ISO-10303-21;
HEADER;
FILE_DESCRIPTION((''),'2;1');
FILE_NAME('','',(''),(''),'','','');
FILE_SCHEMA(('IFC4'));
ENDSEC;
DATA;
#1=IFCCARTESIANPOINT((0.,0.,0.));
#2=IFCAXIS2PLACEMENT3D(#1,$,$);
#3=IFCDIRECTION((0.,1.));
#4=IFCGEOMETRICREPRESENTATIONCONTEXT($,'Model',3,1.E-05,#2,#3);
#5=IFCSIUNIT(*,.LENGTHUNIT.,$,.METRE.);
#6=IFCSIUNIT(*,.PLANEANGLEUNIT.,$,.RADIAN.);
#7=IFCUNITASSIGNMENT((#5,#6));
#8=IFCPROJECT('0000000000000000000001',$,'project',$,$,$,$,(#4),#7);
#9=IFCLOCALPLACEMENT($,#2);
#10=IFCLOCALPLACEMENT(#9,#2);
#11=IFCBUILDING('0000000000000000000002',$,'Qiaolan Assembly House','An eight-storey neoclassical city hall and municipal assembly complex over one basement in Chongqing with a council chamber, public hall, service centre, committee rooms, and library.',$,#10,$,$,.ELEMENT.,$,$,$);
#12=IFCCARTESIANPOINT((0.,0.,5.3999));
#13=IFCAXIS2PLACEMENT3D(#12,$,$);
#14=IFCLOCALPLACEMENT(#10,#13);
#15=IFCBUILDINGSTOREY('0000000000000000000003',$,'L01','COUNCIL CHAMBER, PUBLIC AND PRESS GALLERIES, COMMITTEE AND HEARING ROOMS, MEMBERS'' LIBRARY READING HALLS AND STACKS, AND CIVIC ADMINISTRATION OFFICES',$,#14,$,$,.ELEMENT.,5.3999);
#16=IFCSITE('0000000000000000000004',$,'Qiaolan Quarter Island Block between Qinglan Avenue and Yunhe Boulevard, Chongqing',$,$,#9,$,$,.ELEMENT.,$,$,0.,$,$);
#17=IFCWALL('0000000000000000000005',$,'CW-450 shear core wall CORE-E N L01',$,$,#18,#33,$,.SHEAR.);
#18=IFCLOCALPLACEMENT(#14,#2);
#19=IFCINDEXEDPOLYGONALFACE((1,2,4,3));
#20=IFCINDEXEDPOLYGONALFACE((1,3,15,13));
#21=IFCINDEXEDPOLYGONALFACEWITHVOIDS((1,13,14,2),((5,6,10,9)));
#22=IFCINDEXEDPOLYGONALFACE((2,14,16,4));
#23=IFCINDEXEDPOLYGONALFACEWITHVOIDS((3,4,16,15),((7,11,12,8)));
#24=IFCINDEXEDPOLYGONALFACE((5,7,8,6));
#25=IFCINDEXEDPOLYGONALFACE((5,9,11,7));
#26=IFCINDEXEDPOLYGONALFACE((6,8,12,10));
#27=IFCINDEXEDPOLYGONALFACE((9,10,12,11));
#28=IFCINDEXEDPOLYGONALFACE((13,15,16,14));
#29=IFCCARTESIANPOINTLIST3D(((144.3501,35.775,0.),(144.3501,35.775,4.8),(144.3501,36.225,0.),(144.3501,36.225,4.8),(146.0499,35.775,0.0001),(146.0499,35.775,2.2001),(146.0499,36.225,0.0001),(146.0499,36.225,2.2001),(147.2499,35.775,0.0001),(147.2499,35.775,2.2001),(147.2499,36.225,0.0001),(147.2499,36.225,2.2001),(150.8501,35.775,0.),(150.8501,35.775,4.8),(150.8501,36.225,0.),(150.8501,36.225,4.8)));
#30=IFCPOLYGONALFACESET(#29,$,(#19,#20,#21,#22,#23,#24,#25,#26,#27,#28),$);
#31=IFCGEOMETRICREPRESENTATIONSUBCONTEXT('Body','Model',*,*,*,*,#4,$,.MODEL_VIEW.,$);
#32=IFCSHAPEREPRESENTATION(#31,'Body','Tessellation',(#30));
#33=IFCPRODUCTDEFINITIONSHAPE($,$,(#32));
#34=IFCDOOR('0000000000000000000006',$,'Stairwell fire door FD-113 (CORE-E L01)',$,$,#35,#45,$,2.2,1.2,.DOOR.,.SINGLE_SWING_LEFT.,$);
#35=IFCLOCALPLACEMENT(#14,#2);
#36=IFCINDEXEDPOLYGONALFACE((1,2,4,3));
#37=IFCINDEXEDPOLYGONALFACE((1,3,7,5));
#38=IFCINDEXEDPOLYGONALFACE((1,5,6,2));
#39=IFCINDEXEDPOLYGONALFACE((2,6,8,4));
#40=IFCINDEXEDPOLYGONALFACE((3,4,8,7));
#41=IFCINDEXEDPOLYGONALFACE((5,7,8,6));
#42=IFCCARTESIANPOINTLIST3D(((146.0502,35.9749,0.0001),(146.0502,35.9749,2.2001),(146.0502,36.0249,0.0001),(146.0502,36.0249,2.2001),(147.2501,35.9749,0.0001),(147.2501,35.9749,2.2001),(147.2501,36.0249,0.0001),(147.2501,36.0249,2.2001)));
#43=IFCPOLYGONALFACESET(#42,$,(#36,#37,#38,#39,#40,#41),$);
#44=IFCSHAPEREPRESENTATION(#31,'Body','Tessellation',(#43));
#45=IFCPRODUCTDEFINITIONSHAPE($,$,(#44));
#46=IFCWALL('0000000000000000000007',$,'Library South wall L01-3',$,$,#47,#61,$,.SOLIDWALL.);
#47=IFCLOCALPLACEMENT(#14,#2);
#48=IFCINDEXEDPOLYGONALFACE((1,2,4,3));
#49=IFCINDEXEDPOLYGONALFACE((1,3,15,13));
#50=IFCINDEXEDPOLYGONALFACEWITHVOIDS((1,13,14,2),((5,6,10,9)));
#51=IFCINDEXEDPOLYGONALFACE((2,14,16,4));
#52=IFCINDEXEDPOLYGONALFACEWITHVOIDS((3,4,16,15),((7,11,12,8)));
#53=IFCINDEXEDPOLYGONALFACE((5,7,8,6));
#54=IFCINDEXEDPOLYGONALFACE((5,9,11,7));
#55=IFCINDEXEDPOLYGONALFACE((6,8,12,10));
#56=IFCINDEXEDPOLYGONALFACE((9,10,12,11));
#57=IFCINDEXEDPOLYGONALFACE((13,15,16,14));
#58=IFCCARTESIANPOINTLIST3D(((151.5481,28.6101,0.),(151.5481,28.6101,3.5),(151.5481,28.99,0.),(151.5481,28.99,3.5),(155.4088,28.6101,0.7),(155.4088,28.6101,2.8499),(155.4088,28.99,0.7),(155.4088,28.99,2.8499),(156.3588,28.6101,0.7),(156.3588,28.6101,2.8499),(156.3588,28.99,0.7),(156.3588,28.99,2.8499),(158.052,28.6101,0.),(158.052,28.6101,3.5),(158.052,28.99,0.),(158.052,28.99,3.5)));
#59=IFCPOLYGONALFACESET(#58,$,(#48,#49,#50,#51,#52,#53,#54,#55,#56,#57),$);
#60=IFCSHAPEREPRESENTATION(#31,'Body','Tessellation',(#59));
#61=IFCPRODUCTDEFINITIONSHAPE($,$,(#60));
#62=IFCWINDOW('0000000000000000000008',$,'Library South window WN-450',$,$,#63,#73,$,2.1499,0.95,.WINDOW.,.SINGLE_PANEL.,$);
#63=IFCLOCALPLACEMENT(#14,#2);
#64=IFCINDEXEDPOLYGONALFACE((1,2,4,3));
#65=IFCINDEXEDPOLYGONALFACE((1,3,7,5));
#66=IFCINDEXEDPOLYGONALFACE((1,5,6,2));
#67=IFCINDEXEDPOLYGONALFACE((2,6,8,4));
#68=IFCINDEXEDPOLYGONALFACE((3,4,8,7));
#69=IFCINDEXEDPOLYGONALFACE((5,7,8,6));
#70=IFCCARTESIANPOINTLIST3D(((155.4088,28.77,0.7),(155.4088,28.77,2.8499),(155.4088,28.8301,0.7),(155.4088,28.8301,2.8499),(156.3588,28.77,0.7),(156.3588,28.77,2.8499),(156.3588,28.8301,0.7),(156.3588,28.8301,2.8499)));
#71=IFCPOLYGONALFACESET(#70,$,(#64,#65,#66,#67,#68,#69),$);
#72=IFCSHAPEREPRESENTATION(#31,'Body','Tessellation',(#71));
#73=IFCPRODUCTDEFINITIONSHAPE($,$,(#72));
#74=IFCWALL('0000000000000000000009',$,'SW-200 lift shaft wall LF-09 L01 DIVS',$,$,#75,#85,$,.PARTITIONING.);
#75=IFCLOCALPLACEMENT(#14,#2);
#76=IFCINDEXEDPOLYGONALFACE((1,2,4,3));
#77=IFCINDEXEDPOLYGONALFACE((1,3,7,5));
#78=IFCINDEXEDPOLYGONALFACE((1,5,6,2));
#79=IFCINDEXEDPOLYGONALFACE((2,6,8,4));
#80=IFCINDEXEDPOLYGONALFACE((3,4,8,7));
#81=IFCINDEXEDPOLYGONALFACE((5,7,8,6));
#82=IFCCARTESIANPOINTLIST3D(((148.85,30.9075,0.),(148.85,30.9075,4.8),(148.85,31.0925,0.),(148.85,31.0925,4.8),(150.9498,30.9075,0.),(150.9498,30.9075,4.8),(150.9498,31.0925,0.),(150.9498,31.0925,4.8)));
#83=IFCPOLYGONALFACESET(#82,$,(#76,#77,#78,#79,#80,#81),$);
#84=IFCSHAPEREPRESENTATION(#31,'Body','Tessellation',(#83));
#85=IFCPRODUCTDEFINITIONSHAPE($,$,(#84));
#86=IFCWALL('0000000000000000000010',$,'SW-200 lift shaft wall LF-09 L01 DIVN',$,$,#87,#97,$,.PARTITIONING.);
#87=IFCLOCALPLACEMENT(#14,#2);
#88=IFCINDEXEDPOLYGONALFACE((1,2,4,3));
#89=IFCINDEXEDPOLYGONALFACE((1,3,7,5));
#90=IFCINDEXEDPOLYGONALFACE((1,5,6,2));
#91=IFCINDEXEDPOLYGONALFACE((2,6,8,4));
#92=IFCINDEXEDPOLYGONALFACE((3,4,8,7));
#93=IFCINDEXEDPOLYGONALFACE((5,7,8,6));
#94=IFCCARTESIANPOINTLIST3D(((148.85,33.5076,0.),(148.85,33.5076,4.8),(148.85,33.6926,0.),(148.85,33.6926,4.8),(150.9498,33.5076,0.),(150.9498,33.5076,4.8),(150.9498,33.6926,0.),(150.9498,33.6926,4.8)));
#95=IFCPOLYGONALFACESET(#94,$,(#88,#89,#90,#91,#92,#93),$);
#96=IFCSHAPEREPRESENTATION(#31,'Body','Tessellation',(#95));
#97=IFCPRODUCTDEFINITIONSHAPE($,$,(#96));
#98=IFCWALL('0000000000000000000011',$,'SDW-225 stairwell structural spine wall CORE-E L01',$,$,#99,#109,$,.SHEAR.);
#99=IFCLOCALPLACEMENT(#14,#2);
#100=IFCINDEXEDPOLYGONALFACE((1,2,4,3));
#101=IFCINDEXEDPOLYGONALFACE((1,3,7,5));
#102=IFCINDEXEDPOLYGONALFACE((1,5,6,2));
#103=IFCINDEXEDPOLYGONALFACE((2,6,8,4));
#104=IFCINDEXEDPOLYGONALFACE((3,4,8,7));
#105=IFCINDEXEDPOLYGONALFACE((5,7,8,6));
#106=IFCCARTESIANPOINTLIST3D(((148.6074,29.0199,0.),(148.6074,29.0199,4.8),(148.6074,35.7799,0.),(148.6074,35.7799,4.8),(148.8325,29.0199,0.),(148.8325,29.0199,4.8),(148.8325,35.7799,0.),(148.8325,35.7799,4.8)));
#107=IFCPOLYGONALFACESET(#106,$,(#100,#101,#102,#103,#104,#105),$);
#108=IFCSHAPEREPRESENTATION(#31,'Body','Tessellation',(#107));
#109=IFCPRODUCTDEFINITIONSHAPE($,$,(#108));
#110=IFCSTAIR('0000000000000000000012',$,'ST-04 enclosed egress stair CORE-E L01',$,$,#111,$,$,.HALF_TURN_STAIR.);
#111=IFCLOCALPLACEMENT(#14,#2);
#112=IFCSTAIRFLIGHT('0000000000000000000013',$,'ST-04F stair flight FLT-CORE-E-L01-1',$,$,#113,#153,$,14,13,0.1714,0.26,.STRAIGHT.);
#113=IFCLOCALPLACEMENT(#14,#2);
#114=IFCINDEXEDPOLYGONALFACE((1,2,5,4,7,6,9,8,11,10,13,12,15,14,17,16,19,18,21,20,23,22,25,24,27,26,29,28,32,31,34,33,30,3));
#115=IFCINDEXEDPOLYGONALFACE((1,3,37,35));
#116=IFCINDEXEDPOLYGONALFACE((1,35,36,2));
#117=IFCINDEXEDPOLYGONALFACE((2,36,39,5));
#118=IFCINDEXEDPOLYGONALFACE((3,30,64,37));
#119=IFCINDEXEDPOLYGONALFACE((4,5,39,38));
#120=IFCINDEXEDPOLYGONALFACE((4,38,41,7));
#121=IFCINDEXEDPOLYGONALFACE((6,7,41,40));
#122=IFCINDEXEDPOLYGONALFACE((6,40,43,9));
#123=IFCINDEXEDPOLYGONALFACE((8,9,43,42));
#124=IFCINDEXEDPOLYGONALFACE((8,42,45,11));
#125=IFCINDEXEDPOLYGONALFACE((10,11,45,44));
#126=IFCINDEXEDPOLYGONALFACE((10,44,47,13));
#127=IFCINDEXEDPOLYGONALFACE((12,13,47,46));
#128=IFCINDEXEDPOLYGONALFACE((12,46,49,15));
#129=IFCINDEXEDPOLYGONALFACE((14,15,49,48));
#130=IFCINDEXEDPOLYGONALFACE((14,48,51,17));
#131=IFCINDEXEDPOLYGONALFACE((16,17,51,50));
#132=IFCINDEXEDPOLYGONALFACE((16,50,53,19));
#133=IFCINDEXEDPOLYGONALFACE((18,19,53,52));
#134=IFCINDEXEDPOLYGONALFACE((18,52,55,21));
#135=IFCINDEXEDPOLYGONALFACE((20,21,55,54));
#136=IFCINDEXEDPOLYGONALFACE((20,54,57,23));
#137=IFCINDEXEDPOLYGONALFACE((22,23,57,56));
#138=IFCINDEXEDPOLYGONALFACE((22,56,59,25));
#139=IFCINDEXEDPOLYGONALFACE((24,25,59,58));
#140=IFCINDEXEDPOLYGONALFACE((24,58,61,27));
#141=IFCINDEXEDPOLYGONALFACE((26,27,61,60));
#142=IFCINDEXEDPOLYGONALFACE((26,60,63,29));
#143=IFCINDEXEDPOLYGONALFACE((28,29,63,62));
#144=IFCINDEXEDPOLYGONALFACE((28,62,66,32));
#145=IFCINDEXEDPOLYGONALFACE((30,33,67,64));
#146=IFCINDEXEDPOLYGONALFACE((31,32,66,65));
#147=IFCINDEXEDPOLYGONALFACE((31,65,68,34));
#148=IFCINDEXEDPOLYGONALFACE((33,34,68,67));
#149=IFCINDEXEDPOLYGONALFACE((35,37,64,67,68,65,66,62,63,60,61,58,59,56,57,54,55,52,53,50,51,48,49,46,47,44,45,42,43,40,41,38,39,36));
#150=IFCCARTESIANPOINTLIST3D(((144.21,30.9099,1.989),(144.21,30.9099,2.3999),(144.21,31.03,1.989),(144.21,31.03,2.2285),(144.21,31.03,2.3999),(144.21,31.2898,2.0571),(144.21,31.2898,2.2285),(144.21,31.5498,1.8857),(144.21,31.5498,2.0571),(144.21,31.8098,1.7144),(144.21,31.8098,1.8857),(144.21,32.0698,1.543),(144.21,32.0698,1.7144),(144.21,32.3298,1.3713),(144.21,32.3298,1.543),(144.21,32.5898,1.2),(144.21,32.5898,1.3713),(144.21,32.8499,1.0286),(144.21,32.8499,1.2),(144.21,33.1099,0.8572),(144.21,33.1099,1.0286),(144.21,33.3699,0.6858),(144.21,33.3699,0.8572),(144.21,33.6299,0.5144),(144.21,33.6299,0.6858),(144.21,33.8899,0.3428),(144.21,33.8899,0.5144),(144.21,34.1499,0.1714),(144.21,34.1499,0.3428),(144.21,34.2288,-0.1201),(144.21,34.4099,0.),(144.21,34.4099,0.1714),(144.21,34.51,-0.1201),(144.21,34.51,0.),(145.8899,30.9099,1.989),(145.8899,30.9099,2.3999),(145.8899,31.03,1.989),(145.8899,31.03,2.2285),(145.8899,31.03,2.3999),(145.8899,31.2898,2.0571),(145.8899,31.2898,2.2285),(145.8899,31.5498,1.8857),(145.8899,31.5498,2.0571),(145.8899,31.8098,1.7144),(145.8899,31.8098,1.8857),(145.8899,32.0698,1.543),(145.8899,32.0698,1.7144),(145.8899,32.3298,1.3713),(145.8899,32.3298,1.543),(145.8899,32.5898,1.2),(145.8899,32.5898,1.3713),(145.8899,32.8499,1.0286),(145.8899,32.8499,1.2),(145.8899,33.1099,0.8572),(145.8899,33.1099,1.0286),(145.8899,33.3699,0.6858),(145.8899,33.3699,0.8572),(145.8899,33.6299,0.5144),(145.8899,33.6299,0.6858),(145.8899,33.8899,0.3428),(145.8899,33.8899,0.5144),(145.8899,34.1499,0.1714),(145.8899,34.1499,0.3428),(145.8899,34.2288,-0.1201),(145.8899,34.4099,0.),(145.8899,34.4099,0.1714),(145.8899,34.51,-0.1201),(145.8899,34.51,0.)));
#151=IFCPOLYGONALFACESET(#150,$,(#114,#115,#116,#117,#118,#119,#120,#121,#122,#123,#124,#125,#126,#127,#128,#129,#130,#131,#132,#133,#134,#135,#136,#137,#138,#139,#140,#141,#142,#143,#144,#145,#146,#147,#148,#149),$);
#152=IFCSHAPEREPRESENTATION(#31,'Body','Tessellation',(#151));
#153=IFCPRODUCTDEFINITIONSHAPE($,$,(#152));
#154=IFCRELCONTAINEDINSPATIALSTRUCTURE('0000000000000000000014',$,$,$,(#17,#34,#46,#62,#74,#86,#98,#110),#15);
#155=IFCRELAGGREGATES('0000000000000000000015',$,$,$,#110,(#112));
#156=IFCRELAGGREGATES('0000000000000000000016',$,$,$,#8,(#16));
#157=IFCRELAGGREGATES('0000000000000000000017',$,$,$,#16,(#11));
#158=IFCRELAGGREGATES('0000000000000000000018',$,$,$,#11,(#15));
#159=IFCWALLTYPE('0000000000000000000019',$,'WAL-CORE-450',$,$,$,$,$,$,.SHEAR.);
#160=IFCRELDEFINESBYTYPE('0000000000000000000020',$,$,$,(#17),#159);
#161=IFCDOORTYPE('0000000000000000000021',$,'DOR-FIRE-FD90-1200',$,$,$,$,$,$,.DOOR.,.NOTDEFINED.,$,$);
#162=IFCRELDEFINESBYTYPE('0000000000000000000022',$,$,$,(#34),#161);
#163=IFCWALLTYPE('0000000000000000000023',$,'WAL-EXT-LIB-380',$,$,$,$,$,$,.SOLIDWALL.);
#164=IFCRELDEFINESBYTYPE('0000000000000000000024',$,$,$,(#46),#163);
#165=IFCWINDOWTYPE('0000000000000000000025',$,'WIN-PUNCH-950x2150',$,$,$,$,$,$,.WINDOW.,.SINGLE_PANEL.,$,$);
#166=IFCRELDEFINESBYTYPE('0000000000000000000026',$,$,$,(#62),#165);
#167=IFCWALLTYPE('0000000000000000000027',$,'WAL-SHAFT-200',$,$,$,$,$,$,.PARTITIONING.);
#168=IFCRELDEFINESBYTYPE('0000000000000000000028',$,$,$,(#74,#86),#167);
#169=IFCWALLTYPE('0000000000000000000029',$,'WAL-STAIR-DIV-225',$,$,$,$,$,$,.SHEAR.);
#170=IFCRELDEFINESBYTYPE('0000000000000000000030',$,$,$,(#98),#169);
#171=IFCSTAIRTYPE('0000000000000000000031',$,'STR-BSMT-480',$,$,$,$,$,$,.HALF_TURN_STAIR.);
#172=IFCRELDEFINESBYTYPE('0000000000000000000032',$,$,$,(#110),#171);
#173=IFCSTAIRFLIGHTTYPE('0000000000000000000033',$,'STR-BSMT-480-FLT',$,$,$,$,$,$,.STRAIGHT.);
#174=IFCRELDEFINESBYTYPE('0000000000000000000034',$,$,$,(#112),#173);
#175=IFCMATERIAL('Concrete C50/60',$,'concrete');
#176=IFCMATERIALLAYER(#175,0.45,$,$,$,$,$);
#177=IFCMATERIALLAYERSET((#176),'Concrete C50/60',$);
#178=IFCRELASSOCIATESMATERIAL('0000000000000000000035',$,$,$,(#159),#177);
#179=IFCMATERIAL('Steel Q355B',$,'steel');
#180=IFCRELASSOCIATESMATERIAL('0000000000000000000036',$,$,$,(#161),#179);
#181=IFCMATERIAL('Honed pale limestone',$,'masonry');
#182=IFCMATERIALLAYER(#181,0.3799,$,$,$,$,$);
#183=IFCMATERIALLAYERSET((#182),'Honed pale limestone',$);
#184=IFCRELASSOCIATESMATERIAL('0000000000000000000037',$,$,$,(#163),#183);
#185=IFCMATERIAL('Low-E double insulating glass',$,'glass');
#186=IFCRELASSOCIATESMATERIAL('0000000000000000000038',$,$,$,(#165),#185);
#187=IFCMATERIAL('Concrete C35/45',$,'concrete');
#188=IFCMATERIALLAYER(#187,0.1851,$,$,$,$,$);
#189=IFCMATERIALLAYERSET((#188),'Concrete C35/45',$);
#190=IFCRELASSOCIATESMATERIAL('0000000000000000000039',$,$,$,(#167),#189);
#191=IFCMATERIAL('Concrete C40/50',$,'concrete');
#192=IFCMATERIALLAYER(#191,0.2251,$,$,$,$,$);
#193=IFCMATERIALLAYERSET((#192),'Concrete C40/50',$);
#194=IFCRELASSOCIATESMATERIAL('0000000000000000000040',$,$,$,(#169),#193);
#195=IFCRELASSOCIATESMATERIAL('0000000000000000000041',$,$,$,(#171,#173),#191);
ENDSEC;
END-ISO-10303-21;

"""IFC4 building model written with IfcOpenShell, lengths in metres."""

from ifc_helpers import new_model, si_unit, direction, frame, frame_2d, origin, place, context, subcontext, project, spatial, polyline, rectangle, outline, extrude, material, layer, layer_set, type_object, element, fill, aggregate, save


model = new_model("IFC4")

# Units and contexts
model_context = context("Model", 3, precision=1e-05, world=origin(), true_north=direction((0.0, 1.0)))
body_context = subcontext(model_context, "Body", "Model", "MODEL_VIEW")
ifc_project = project(units=[si_unit("LENGTHUNIT", "METRE"), si_unit("PLANEANGLEUNIT", "RADIAN")], contexts=[model_context])

# Site, building, storey
site_placement = place(None, origin())
site = spatial("IfcSite", under=ifc_project, at=site_placement, Name="Qiaolan Quarter Island Block between Qinglan Avenue and Yunhe Boulevard, Chongqing", CompositionType="ELEMENT", RefElevation=0.0)
building_placement = place(site_placement, origin())
building = spatial("IfcBuilding", under=site, at=building_placement, Name="Qiaolan Assembly House", Description="An eight-storey neoclassical city hall and municipal assembly complex over one basement in Chongqing with a council chamber, public hall, service centre, committee rooms, and library.", CompositionType="ELEMENT")
storey_placement = place(building_placement, frame((0.0, 0.0, 5.3999)))
storey = spatial("IfcBuildingStorey", under=building, at=storey_placement, Name="L01", Description="COUNCIL CHAMBER, PUBLIC AND PRESS GALLERIES, COMMITTEE AND HEARING ROOMS, MEMBERS' LIBRARY READING HALLS AND STACKS, AND CIVIC ADMINISTRATION OFFICES", CompositionType="ELEMENT", Elevation=5.3999)

# Shared definitions
ifc_material_1 = material(Name="Concrete C40/50", Category="concrete")

# Shared definitions
ifc_material_2 = material(Name="Concrete C50/60", Category="concrete")
ifc_layer_1 = layer(ifc_material_2, 0.45)
ifc_layer_set_1 = layer_set([ifc_layer_1], Name="Concrete C50/60")
wall_type_1 = type_object("IfcWallType", Name="WAL-CORE-450", PredefinedType="SHEAR", material=ifc_layer_set_1)

# Wall, opening, door
wall_1_placement = place(storey_placement, frame((150.8501, 36.0, 0.0), z_axis=(0.0, 0.0, 1.0), x_axis=(-1.0, 0.0, 0.0)))
wall_1 = element("IfcWall", 1, at=wall_1_placement, inside=storey, type_object=wall_type_1, Name="CW-450 shear core wall CORE-E N L01", PredefinedType="SHEAR", context=body_context, shape_type="SweptSolid", body=[
    extrude(rectangle(XDim=6.5, YDim=0.45, at=frame_2d((3.25, 0.0))), origin(), (0.0, 0.0, 1.0), 4.8),
])
opening_1_placement = place(wall_1_placement, frame((3.6001, 0.0, 0.0)))
opening_1 = element("IfcOpeningElement", 2, at=opening_1_placement, cuts=wall_1, PredefinedType="OPENING", context=body_context, shape_type="SweptSolid", body=[
    extrude(rectangle(XDim=1.2, YDim=2.2, at=frame_2d((0.6001, 1.1001))), frame((0.0, 0.2349, 0.0), z_axis=(0.0, -1.0, 0.0), x_axis=(1.0, 0.0, 0.0)), (0.0, 0.0, 1.0), 0.47),
])
ifc_material_3 = material(Name="Steel Q355B", Category="steel")
door_type_1 = type_object("IfcDoorType", Name="DOR-FIRE-FD90-1200", OperationType="NOTDEFINED", PredefinedType="DOOR", material=ifc_material_3)
door_1_placement = place(opening_1_placement, frame((1.2, 0.0, 0.0), z_axis=(0.0, 0.0, 1.0), x_axis=(-1.0, 0.0, 0.0)))
door_1 = element("IfcDoor", 3, at=door_1_placement, inside=storey, type_object=door_type_1, Name="Stairwell fire door FD-113 (CORE-E L01)", OperationType="SINGLE_SWING_LEFT", OverallHeight=2.2, OverallWidth=1.2, PredefinedType="DOOR", context=body_context, shape_type="SweptSolid", body=[
    extrude(rectangle(XDim=1.2, YDim=2.2, at=frame_2d((0.6001, 1.1001))), frame((0.0, 0.0249, 0.0), z_axis=(0.0, -1.0, 0.0), x_axis=(1.0, 0.0, 0.0)), (0.0, 0.0, 1.0), 0.05),
])
fill(opening_1, door_1)

# Wall, opening, window
ifc_material_4 = material(Name="Honed pale limestone", Category="masonry")
ifc_layer_2 = layer(ifc_material_4, 0.3799)
ifc_layer_set_2 = layer_set([ifc_layer_2], Name="Honed pale limestone")
wall_type_2 = type_object("IfcWallType", Name="WAL-EXT-LIB-380", PredefinedType="SOLIDWALL", material=ifc_layer_set_2)
wall_2_placement = place(storey_placement, frame((151.5481, 28.8, 0.0), z_axis=(0.0, 0.0, 1.0), x_axis=(1.0, 0.0, 0.0)))
wall_2 = element("IfcWall", 4, at=wall_2_placement, inside=storey, type_object=wall_type_2, Name="Library South wall L01-3", PredefinedType="SOLIDWALL", context=body_context, shape_type="SweptSolid", body=[
    extrude(rectangle(XDim=6.5039, YDim=0.3799, at=frame_2d((3.252, 0.0))), origin(), (0.0, 0.0, 1.0), 3.5),
])
opening_2_placement = place(wall_2_placement, frame((3.8606, 0.0, 0.7)))
opening_2 = element("IfcOpeningElement", 5, at=opening_2_placement, cuts=wall_2, PredefinedType="OPENING", context=body_context, shape_type="SweptSolid", body=[
    extrude(rectangle(XDim=0.95, YDim=2.1499, at=frame_2d((0.4751, 1.075))), frame((0.0, 0.2, 0.0), z_axis=(0.0, -1.0, 0.0), x_axis=(1.0, 0.0, 0.0)), (0.0, 0.0, 1.0), 0.3999),
])
ifc_material_5 = material(Name="Low-E double insulating glass", Category="glass")
window_type = type_object("IfcWindowType", Name="WIN-PUNCH-950x2150", PartitioningType="SINGLE_PANEL", PredefinedType="WINDOW", material=ifc_material_5)
window_placement = place(opening_2_placement, origin())
window = element("IfcWindow", 6, at=window_placement, inside=storey, type_object=window_type, Name="Library South window WN-450", OverallHeight=2.1499, OverallWidth=0.95, PartitioningType="SINGLE_PANEL", PredefinedType="WINDOW", context=body_context, shape_type="SweptSolid", body=[
    extrude(rectangle(XDim=0.95, YDim=2.1499, at=frame_2d((0.4751, 1.075))), frame((0.0, 0.03, 0.0), z_axis=(0.0, -1.0, 0.0), x_axis=(1.0, 0.0, 0.0)), (0.0, 0.0, 1.0), 0.0601),
])
fill(opening_2, window)

# Walls
ifc_material_6 = material(Name="Concrete C35/45", Category="concrete")
ifc_layer_3 = layer(ifc_material_6, 0.1851)
ifc_layer_set_3 = layer_set([ifc_layer_3], Name="Concrete C35/45")
wall_type_3 = type_object("IfcWallType", Name="WAL-SHAFT-200", PredefinedType="PARTITIONING", material=ifc_layer_set_3)
for number, where, z_axis, x_axis, name in (
    (7, (148.8501, 31.0, 0.0), (0.0, 0.0, 1.0), (1.0, 0.0, 0.0), "SW-200 lift shaft wall LF-09 L01 DIVS"),
    (8, (148.8501, 33.6001, 0.0), (0.0, 0.0, 1.0), (1.0, 0.0, 0.0), "SW-200 lift shaft wall LF-09 L01 DIVN"),
):
    element("IfcWall", number, at=place(storey_placement, frame(where, z_axis=z_axis, x_axis=x_axis)), inside=storey, type_object=wall_type_3, Name=name, PredefinedType="PARTITIONING", context=body_context, shape_type="SweptSolid", body=[
        extrude(rectangle(XDim=2.0999, YDim=0.1851, at=frame_2d((1.0498, 0.0))), origin(), (0.0, 0.0, 1.0), 4.8),
    ])
ifc_layer_4 = layer(ifc_material_1, 0.2251)
ifc_layer_set_4 = layer_set([ifc_layer_4], Name="Concrete C40/50")
wall_type_4 = type_object("IfcWallType", Name="WAL-STAIR-DIV-225", PredefinedType="SHEAR", material=ifc_layer_set_4)
wall_3_placement = place(storey_placement, frame((148.72, 29.02, 0.0), z_axis=(0.0, 0.0, 1.0), x_axis=(0.0, 1.0, 0.0)))
element("IfcWall", 9, at=wall_3_placement, inside=storey, type_object=wall_type_4, Name="SDW-225 stairwell structural spine wall CORE-E L01", PredefinedType="SHEAR", context=body_context, shape_type="SweptSolid", body=[
    extrude(rectangle(XDim=6.76, YDim=0.2251, at=frame_2d((3.3799, 0.0))), origin(), (0.0, 0.0, 1.0), 4.8),
])

# Stair, stair flight
stair_type = type_object("IfcStairType", Name="STR-BSMT-480", PredefinedType="HALF_TURN_STAIR", material=ifc_material_1)
stair_placement = place(storey_placement, origin())
stair = element("IfcStair", 10, at=stair_placement, inside=storey, type_object=stair_type, Name="ST-04 enclosed egress stair CORE-E L01", PredefinedType="HALF_TURN_STAIR")
stair_flight_type = type_object("IfcStairFlightType", Name="STR-BSMT-480-FLT", PredefinedType="STRAIGHT", material=ifc_material_1)
stair_flight_1_placement = place(storey_placement, frame((145.05, 34.4099, 0.0), z_axis=(0.0, 0.0, 1.0), x_axis=(0.0, -1.0, 0.0)))
stair_flight_1 = element("IfcStairFlight", 11, at=stair_flight_1_placement, type_object=stair_flight_type, Name="ST-04F stair flight FLT-CORE-E-L01-1", NumberOfRisers=14, NumberOfTreads=13, PredefinedType="STRAIGHT", RiserHeight=0.1714, TreadLength=0.26, context=body_context, shape_type="SweptSolid", body=[
    extrude(outline(polyline([(-0.1001, -0.1201), (-0.1001, 0.0), (0.0, 0.0), (0.0, 0.1714), (0.26, 0.1714), (0.26, 0.3428), (0.52, 0.3428), (0.52, 0.5144), (0.78, 0.5144), (0.78, 0.6858), (1.04, 0.6858), (1.04, 0.8572), (1.3, 0.8572), (1.3, 1.0286), (1.5601, 1.0286), (1.5601, 1.2), (1.8201, 1.2), (1.8201, 1.3713), (2.0801, 1.3713), (2.0801, 1.543), (2.3401, 1.543), (2.3401, 1.7144), (2.6001, 1.7144), (2.6001, 1.8857), (2.8601, 1.8857), (2.8601, 2.0571), (3.1201, 2.0571), (3.1201, 2.2285), (3.3799, 2.2285), (3.3799, 2.3999), (3.5, 2.3999), (3.5, 1.989), (3.3799, 1.989), (0.1812, -0.1201), (-0.1001, -0.1201)])), frame((0.0, 0.8398, 0.0), z_axis=(0.0, -1.0, 0.0), x_axis=(1.0, 0.0, 0.0)), (0.0, 0.0, 1.0), 1.6799),
])
aggregate(stair, [stair_flight_1])

save(model, "model.ifc")
